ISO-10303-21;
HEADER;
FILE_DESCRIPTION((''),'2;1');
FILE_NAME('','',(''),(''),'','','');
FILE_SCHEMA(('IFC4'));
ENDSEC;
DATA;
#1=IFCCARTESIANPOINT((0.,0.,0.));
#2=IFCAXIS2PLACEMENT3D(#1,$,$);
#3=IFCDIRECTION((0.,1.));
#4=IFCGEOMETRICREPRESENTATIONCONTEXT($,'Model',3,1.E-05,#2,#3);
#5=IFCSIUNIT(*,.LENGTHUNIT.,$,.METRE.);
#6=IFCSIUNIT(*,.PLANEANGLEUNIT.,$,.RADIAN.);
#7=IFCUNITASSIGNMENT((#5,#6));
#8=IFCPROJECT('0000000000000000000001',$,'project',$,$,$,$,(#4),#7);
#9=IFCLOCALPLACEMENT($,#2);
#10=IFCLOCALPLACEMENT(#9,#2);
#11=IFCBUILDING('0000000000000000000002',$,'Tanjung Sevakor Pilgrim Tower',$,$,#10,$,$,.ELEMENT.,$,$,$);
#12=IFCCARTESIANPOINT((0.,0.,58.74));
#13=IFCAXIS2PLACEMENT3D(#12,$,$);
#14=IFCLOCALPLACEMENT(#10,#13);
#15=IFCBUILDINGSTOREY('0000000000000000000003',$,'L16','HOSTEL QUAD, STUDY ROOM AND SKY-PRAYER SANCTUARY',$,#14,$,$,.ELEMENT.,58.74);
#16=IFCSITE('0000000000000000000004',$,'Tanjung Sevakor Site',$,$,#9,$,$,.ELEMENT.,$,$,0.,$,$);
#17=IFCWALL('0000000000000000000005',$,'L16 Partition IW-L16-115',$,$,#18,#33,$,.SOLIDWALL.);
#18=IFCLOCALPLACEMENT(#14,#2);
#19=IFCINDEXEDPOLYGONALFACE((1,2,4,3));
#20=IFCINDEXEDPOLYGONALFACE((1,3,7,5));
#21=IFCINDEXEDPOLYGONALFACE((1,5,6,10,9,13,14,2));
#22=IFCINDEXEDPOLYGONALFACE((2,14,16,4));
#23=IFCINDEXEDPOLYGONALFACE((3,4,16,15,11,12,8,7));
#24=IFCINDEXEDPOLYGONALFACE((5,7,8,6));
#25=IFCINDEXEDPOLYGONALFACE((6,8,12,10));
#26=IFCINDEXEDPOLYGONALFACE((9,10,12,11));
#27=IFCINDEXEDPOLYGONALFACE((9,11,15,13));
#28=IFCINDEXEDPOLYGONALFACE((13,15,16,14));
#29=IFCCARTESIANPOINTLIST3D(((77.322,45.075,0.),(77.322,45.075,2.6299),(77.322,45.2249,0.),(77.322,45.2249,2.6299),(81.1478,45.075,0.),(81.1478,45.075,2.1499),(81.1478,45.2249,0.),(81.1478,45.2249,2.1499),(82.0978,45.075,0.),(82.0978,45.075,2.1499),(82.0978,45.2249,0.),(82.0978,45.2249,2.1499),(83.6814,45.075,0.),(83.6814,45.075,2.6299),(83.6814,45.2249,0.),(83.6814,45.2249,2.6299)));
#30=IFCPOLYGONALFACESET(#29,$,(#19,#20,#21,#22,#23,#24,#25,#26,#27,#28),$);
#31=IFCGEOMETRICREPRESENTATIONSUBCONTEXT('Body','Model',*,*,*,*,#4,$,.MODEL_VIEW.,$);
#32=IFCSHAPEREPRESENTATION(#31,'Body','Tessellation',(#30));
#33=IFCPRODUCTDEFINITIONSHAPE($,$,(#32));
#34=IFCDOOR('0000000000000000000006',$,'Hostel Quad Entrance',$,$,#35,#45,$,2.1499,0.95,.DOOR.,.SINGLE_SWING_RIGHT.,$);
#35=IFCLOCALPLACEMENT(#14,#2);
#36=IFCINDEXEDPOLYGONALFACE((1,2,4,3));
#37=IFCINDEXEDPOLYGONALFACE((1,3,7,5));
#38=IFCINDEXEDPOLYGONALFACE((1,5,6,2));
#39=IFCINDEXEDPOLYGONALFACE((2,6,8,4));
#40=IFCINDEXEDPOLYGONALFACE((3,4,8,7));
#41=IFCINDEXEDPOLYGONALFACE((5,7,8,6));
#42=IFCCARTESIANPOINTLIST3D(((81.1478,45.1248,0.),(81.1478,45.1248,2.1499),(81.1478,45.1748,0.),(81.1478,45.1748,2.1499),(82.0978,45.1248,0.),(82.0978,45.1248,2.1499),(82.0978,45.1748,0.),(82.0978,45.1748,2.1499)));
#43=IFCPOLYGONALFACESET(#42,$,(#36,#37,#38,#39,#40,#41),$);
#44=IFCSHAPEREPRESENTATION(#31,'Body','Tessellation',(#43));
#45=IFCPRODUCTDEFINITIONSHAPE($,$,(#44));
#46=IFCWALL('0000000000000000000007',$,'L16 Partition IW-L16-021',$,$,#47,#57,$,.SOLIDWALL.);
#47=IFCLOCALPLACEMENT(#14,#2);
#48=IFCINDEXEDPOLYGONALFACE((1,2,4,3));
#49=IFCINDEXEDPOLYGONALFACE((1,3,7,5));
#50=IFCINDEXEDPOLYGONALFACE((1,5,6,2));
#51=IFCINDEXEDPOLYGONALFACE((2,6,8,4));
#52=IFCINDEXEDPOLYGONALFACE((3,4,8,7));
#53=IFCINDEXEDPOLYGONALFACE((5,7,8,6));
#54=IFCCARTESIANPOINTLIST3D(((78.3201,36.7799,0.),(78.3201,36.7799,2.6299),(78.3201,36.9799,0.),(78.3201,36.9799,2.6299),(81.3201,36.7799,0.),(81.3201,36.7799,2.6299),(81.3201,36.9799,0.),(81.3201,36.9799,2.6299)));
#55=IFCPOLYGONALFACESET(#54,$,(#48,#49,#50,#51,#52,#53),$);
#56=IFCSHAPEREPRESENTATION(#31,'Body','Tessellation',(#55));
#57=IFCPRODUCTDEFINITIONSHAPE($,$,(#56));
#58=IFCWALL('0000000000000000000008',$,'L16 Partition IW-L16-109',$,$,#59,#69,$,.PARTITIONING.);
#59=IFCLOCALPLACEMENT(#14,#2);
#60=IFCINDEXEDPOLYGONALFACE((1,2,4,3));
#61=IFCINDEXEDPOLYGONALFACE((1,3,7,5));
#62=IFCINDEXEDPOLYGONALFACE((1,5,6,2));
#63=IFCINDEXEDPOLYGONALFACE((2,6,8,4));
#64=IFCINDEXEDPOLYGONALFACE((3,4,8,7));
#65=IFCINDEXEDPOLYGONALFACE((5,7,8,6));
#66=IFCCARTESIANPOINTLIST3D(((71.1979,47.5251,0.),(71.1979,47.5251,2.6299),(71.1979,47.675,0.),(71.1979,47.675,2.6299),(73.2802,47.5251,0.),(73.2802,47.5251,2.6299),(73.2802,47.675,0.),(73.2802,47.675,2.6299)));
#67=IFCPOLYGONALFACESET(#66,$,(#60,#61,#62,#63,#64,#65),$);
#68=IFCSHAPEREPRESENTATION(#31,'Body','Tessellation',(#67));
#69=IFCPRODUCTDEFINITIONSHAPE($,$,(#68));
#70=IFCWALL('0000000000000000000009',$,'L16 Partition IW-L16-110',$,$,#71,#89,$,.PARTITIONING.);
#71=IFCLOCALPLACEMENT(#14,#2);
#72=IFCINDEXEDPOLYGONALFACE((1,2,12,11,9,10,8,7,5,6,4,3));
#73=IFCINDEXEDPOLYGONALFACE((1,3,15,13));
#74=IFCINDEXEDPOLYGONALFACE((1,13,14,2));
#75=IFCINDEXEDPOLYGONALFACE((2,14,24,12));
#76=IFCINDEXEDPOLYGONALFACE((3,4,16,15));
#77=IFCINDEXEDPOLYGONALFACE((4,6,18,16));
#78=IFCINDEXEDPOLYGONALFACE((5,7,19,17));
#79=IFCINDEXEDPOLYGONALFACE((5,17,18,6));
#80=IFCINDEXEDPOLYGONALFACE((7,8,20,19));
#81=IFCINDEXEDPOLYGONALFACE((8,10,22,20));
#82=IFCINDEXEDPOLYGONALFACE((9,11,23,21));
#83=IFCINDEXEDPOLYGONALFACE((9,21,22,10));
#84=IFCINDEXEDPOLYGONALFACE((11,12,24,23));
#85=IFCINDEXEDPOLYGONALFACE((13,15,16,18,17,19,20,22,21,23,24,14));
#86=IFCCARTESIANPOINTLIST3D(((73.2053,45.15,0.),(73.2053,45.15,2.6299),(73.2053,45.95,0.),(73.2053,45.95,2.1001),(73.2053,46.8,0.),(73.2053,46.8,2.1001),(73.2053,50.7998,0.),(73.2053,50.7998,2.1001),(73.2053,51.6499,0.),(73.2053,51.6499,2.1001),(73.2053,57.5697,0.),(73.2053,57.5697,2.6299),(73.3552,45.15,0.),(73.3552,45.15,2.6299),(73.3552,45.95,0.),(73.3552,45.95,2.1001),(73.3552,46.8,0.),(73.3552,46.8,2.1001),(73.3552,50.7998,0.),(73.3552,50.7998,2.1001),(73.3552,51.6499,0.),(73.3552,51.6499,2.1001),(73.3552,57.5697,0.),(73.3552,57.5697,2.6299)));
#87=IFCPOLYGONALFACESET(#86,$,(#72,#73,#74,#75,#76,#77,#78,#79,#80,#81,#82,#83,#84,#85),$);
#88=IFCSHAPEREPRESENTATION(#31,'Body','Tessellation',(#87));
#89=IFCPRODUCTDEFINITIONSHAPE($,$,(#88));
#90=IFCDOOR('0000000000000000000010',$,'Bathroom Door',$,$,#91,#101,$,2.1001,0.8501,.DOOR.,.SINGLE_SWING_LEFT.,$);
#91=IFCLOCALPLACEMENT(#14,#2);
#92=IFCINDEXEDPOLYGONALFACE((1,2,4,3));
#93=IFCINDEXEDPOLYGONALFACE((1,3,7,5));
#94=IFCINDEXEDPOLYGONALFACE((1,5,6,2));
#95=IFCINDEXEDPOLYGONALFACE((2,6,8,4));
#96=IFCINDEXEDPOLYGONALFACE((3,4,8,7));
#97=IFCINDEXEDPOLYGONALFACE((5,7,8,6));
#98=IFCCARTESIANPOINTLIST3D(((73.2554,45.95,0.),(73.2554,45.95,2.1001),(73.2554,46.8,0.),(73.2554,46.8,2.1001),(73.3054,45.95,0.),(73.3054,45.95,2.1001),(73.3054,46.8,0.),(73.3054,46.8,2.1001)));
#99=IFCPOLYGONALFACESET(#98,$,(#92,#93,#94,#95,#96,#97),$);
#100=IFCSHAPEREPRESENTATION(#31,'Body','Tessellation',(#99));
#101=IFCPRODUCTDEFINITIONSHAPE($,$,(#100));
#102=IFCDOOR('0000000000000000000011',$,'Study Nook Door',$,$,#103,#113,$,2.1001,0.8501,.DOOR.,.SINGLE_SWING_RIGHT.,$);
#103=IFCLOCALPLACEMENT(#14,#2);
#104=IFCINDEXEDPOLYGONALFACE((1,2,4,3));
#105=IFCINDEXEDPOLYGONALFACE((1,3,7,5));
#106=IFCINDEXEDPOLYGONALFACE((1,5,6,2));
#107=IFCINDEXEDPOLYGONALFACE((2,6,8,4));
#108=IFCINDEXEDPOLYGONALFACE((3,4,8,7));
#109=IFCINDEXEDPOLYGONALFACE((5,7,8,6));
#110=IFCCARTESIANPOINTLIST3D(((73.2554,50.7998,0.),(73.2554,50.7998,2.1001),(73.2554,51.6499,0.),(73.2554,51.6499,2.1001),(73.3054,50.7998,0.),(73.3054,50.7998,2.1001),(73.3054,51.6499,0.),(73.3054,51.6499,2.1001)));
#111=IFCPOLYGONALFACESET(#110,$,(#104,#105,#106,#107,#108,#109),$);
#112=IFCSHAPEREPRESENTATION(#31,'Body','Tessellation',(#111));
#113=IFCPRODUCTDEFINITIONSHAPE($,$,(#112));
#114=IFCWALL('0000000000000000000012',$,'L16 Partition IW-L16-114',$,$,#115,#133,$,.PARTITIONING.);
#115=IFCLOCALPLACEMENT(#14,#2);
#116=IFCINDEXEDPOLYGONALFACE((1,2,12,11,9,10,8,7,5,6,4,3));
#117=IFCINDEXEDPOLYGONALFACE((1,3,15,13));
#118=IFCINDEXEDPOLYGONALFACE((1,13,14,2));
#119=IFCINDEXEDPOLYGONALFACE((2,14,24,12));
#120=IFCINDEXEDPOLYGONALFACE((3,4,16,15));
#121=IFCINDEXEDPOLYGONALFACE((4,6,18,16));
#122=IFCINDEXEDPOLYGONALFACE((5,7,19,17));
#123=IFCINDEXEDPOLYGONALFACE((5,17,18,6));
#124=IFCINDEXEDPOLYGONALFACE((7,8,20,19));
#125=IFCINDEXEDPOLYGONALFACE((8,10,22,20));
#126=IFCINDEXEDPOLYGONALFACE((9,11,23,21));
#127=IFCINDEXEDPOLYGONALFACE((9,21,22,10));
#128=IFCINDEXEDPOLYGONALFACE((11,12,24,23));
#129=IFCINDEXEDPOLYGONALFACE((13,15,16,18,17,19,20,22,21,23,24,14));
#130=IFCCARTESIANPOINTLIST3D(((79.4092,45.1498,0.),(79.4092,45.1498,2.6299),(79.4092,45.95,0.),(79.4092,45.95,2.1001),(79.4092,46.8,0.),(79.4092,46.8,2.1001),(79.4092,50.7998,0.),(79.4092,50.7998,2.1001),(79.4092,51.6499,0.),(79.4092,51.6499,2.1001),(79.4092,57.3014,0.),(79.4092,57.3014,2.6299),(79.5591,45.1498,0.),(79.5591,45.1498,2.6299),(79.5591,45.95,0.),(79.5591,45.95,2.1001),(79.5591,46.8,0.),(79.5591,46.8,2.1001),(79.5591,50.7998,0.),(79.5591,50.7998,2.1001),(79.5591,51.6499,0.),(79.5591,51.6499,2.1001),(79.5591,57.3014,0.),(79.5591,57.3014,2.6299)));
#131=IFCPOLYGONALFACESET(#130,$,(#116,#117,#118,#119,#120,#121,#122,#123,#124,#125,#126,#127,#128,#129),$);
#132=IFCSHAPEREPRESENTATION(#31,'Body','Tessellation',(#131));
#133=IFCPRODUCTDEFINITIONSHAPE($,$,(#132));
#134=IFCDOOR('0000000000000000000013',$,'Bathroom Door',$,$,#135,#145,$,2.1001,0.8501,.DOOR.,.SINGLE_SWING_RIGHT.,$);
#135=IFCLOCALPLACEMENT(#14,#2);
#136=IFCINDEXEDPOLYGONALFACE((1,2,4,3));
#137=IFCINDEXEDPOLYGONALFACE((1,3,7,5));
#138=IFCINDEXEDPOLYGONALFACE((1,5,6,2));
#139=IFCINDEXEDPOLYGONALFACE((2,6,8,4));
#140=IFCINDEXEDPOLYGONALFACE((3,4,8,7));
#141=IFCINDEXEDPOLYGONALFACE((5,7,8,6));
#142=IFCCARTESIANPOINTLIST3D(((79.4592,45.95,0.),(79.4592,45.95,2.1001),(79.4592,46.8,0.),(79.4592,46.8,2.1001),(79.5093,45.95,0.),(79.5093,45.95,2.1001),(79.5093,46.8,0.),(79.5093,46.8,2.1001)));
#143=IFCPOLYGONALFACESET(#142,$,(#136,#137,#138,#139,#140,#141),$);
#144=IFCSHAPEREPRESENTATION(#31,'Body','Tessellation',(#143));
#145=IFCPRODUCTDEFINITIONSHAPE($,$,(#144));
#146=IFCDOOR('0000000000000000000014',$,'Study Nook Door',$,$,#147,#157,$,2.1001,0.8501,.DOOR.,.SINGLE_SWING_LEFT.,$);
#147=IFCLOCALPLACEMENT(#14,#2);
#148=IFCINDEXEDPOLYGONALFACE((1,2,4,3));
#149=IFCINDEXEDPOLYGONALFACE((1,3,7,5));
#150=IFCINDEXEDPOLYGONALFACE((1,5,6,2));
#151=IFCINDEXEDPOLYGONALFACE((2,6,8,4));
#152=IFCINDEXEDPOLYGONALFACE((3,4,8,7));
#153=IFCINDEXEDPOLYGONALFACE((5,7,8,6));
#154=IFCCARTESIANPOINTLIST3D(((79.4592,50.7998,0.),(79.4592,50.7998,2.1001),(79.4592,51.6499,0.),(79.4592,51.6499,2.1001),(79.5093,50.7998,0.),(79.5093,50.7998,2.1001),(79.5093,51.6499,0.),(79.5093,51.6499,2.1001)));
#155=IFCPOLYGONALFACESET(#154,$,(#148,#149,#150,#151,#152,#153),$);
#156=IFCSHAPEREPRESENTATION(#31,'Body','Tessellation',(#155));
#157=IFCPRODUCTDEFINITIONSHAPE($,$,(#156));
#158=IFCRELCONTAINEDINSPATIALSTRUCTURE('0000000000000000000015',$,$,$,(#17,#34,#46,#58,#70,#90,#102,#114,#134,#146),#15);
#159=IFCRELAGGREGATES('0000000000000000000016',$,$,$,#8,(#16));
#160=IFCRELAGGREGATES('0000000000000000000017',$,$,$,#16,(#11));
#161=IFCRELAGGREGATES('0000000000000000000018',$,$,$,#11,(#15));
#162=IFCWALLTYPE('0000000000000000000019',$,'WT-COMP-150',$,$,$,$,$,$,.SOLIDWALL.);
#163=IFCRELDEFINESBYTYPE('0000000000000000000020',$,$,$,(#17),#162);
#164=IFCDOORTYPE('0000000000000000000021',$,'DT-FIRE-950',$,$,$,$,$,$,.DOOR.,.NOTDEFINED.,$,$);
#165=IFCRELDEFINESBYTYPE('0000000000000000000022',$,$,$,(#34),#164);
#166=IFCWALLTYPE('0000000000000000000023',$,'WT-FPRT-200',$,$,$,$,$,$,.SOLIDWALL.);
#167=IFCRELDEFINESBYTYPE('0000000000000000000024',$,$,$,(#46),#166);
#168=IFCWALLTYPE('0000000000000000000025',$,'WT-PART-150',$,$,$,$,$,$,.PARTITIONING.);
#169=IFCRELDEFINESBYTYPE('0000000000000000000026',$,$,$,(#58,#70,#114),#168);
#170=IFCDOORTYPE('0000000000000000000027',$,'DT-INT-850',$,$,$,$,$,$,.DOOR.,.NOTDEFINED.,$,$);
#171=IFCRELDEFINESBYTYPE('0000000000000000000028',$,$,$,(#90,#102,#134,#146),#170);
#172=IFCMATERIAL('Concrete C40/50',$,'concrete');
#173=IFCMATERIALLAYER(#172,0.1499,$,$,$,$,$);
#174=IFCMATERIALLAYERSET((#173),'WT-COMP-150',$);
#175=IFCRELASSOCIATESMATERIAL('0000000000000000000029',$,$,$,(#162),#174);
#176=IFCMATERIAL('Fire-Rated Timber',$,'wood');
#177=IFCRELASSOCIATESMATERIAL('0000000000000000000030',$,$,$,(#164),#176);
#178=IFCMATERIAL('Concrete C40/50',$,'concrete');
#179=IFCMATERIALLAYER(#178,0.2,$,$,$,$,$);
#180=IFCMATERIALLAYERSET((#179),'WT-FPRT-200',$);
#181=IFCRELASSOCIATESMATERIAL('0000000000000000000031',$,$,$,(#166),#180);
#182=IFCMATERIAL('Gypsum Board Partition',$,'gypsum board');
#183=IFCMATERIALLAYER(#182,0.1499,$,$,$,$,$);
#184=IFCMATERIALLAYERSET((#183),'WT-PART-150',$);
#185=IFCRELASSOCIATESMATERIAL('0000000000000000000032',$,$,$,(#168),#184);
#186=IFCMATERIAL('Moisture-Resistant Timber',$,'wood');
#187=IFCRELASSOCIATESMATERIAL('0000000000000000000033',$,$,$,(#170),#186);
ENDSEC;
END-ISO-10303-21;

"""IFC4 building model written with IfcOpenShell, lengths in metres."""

from ifc_helpers import new_model, si_unit, direction, frame, frame_2d, origin, place, context, subcontext, project, spatial, rectangle, extrude, material, layer, layer_set, type_object, element, fill, save


model = new_model("IFC4")

# Units and contexts
model_context = context("Model", 3, precision=1e-05, world=origin(), true_north=direction((0.0, 1.0)))
body_context = subcontext(model_context, "Body", "Model", "MODEL_VIEW")
ifc_project = project(units=[si_unit("LENGTHUNIT", "METRE"), si_unit("PLANEANGLEUNIT", "RADIAN")], contexts=[model_context])

# Site, building, storey
site_placement = place(None, origin())
site = spatial("IfcSite", under=ifc_project, at=site_placement, Name="Tanjung Sevakor Site", CompositionType="ELEMENT", RefElevation=0.0)
building_placement = place(site_placement, origin())
building = spatial("IfcBuilding", under=site, at=building_placement, Name="Tanjung Sevakor Pilgrim Tower", CompositionType="ELEMENT")
storey_placement = place(building_placement, frame((0.0, 0.0, 58.74)))
storey = spatial("IfcBuildingStorey", under=building, at=storey_placement, Name="L16", Description="HOSTEL QUAD, STUDY ROOM AND SKY-PRAYER SANCTUARY", CompositionType="ELEMENT", Elevation=58.74)

# Shared definitions
ifc_material_1 = material(Name="Concrete C40/50", Category="concrete")
ifc_layer_1 = layer(ifc_material_1, 0.1499)
ifc_layer_set_1 = layer_set([ifc_layer_1], Name="WT-COMP-150")
wall_type_1 = type_object("IfcWallType", Name="WT-COMP-150", PredefinedType="SOLIDWALL", material=ifc_layer_set_1)

# Wall, opening, door
ifc_material_2 = material(Name="Fire-Rated Timber", Category="wood")
door_type_1 = type_object("IfcDoorType", Name="DT-FIRE-950", OperationType="NOTDEFINED", PredefinedType="DOOR", material=ifc_material_2)
wall_1_placement = place(storey_placement, frame((77.322, 45.1499, 0.0), z_axis=(0.0, 0.0, 1.0), x_axis=(1.0, 0.0, 0.0)))
wall_1 = element("IfcWall", 1, at=wall_1_placement, inside=storey, type_object=wall_type_1, Name="L16 Partition IW-L16-115", PredefinedType="SOLIDWALL", context=body_context, shape_type="SweptSolid", body=[
    extrude(rectangle(XDim=6.3594, YDim=0.1499, at=frame_2d((3.1797, 0.0))), origin(), (0.0, 0.0, 1.0), 2.6299),
])
opening_1_placement = place(wall_1_placement, frame((3.8257, 0.0, 0.0)))
opening_1 = element("IfcOpeningElement", 2, at=opening_1_placement, cuts=wall_1, PredefinedType="OPENING", context=body_context, shape_type="SweptSolid", body=[
    extrude(rectangle(XDim=0.95, YDim=2.1499, at=frame_2d((0.4751, 1.075))), frame((0.0, 0.085, 0.0), z_axis=(0.0, -1.0, 0.0), x_axis=(1.0, 0.0, 0.0)), (0.0, 0.0, 1.0), 0.1699),
])
door_1_placement = place(opening_1_placement, origin())
door_1 = element("IfcDoor", 3, at=door_1_placement, inside=storey, type_object=door_type_1, Name="Hostel Quad Entrance", OperationType="SINGLE_SWING_RIGHT", OverallHeight=2.1499, OverallWidth=0.95, PredefinedType="DOOR", context=body_context, shape_type="SweptSolid", body=[
    extrude(rectangle(XDim=0.95, YDim=2.1499, at=frame_2d((0.4751, 1.075))), frame((0.0, 0.0249, 0.0), z_axis=(0.0, -1.0, 0.0), x_axis=(1.0, 0.0, 0.0)), (0.0, 0.0, 1.0), 0.05),
])
fill(opening_1, door_1)

# Walls
ifc_material_3 = material(Name="Concrete C40/50", Category="concrete")
ifc_layer_2 = layer(ifc_material_3, 0.2)
ifc_layer_set_2 = layer_set([ifc_layer_2], Name="WT-FPRT-200")
wall_type_2 = type_object("IfcWallType", Name="WT-FPRT-200", PredefinedType="SOLIDWALL", material=ifc_layer_set_2)
wall_2_placement = place(storey_placement, frame((78.3201, 36.8799, 0.0), z_axis=(0.0, 0.0, 1.0), x_axis=(1.0, 0.0, 0.0)))
element("IfcWall", 4, at=wall_2_placement, inside=storey, type_object=wall_type_2, Name="L16 Partition IW-L16-021", PredefinedType="SOLIDWALL", context=body_context, shape_type="SweptSolid", body=[
    extrude(rectangle(XDim=3.0, YDim=0.2, at=frame_2d((1.5, 0.0))), origin(), (0.0, 0.0, 1.0), 2.6299),
])
ifc_material_4 = material(Name="Gypsum Board Partition", Category="gypsum board")
ifc_layer_3 = layer(ifc_material_4, 0.1499)
ifc_layer_set_3 = layer_set([ifc_layer_3], Name="WT-PART-150")
wall_type_3 = type_object("IfcWallType", Name="WT-PART-150", PredefinedType="PARTITIONING", material=ifc_layer_set_3)
wall_3_placement = place(storey_placement, frame((71.198, 47.6001, 0.0), z_axis=(0.0, 0.0, 1.0), x_axis=(1.0, 0.0, 0.0)))
element("IfcWall", 5, at=wall_3_placement, inside=storey, type_object=wall_type_3, Name="L16 Partition IW-L16-109", PredefinedType="PARTITIONING", context=body_context, shape_type="SweptSolid", body=[
    extrude(rectangle(XDim=2.0823, YDim=0.1499, at=frame_2d((1.041, 0.0))), origin(), (0.0, 0.0, 1.0), 2.6299),
])

# Walls, openings, doors
wall_4_placement = place(storey_placement, frame((73.2803, 45.1499, 0.0), z_axis=(0.0, 0.0, 1.0), x_axis=(0.0, 1.0, 0.0)))
wall_4 = element("IfcWall", 6, at=wall_4_placement, inside=storey, type_object=wall_type_3, Name="L16 Partition IW-L16-110", PredefinedType="PARTITIONING", context=body_context, shape_type="SweptSolid", body=[
    extrude(rectangle(XDim=12.4197, YDim=0.1499, at=frame_2d((6.21, 0.0))), origin(), (0.0, 0.0, 1.0), 2.6299),
])
opening_2_placement = place(wall_4_placement, frame((0.8, 0.0, 0.0)))
opening_2 = element("IfcOpeningElement", 7, at=opening_2_placement, cuts=wall_4, PredefinedType="OPENING", context=body_context, shape_type="SweptSolid", body=[
    extrude(rectangle(XDim=0.8501, YDim=2.1001, at=frame_2d((0.425, 1.05))), frame((0.0, 0.085, 0.0), z_axis=(0.0, -1.0, 0.0), x_axis=(1.0, 0.0, 0.0)), (0.0, 0.0, 1.0), 0.1699),
])
opening_3_placement = place(wall_4_placement, frame((5.6499, 0.0, 0.0)))
opening_3 = element("IfcOpeningElement", 8, at=opening_3_placement, cuts=wall_4, PredefinedType="OPENING", context=body_context, shape_type="SweptSolid", body=[
    extrude(rectangle(XDim=0.8501, YDim=2.1001, at=frame_2d((0.425, 1.05))), frame((0.0, 0.085, 0.0), z_axis=(0.0, -1.0, 0.0), x_axis=(1.0, 0.0, 0.0)), (0.0, 0.0, 1.0), 0.1699),
])
ifc_material_5 = material(Name="Moisture-Resistant Timber", Category="wood")
door_type_2 = type_object("IfcDoorType", Name="DT-INT-850", OperationType="NOTDEFINED", PredefinedType="DOOR", material=ifc_material_5)
door_2_placement = place(opening_2_placement, origin())
door_2 = element("IfcDoor", 9, at=door_2_placement, inside=storey, type_object=door_type_2, Name="Bathroom Door", OperationType="SINGLE_SWING_LEFT", OverallHeight=2.1001, OverallWidth=0.8501, PredefinedType="DOOR", context=body_context, shape_type="SweptSolid", body=[
    extrude(rectangle(XDim=0.8501, YDim=2.1001, at=frame_2d((0.425, 1.05))), frame((0.0, 0.0249, 0.0), z_axis=(0.0, -1.0, 0.0), x_axis=(1.0, 0.0, 0.0)), (0.0, 0.0, 1.0), 0.05),
])
fill(opening_2, door_2)
door_3_placement = place(opening_3_placement, origin())
door_3 = element("IfcDoor", 10, at=door_3_placement, inside=storey, type_object=door_type_2, Name="Study Nook Door", OperationType="SINGLE_SWING_RIGHT", OverallHeight=2.1001, OverallWidth=0.8501, PredefinedType="DOOR", context=body_context, shape_type="SweptSolid", body=[
    extrude(rectangle(XDim=0.8501, YDim=2.1001, at=frame_2d((0.425, 1.05))), frame((0.0, 0.0249, 0.0), z_axis=(0.0, -1.0, 0.0), x_axis=(1.0, 0.0, 0.0)), (0.0, 0.0, 1.0), 0.05),
])
fill(opening_3, door_3)
wall_5_placement = place(storey_placement, frame((79.4841, 45.1499, 0.0), z_axis=(0.0, 0.0, 1.0), x_axis=(0.0, 1.0, 0.0)))
wall_5 = element("IfcWall", 11, at=wall_5_placement, inside=storey, type_object=wall_type_3, Name="L16 Partition IW-L16-114", PredefinedType="PARTITIONING", context=body_context, shape_type="SweptSolid", body=[
    extrude(rectangle(XDim=12.1516, YDim=0.1499, at=frame_2d((6.0757, 0.0))), origin(), (0.0, 0.0, 1.0), 2.6299),
])
opening_4_placement = place(wall_5_placement, frame((0.8, 0.0, 0.0)))
opening_4 = element("IfcOpeningElement", 12, at=opening_4_placement, cuts=wall_5, PredefinedType="OPENING", context=body_context, shape_type="SweptSolid", body=[
    extrude(rectangle(XDim=0.8501, YDim=2.1001, at=frame_2d((0.425, 1.05))), frame((0.0, 0.085, 0.0), z_axis=(0.0, -1.0, 0.0), x_axis=(1.0, 0.0, 0.0)), (0.0, 0.0, 1.0), 0.1699),
])
opening_5_placement = place(wall_5_placement, frame((5.6499, 0.0, 0.0)))
opening_5 = element("IfcOpeningElement", 13, at=opening_5_placement, cuts=wall_5, PredefinedType="OPENING", context=body_context, shape_type="SweptSolid", body=[
    extrude(rectangle(XDim=0.8501, YDim=2.1001, at=frame_2d((0.425, 1.05))), frame((0.0, 0.085, 0.0), z_axis=(0.0, -1.0, 0.0), x_axis=(1.0, 0.0, 0.0)), (0.0, 0.0, 1.0), 0.1699),
])
door_4_placement = place(opening_4_placement, origin())
door_4 = element("IfcDoor", 14, at=door_4_placement, inside=storey, type_object=door_type_2, Name="Bathroom Door", OperationType="SINGLE_SWING_RIGHT", OverallHeight=2.1001, OverallWidth=0.8501, PredefinedType="DOOR", context=body_context, shape_type="SweptSolid", body=[
    extrude(rectangle(XDim=0.8501, YDim=2.1001, at=frame_2d((0.425, 1.05))), frame((0.0, 0.0249, 0.0), z_axis=(0.0, -1.0, 0.0), x_axis=(1.0, 0.0, 0.0)), (0.0, 0.0, 1.0), 0.05),
])
fill(opening_4, door_4)
door_5_placement = place(opening_5_placement, origin())
door_5 = element("IfcDoor", 15, at=door_5_placement, inside=storey, type_object=door_type_2, Name="Study Nook Door", OperationType="SINGLE_SWING_LEFT", OverallHeight=2.1001, OverallWidth=0.8501, PredefinedType="DOOR", context=body_context, shape_type="SweptSolid", body=[
    extrude(rectangle(XDim=0.8501, YDim=2.1001, at=frame_2d((0.425, 1.05))), frame((0.0, 0.0249, 0.0), z_axis=(0.0, -1.0, 0.0), x_axis=(1.0, 0.0, 0.0)), (0.0, 0.0, 1.0), 0.05),
])
fill(opening_5, door_5)

save(model, "model.ifc")
